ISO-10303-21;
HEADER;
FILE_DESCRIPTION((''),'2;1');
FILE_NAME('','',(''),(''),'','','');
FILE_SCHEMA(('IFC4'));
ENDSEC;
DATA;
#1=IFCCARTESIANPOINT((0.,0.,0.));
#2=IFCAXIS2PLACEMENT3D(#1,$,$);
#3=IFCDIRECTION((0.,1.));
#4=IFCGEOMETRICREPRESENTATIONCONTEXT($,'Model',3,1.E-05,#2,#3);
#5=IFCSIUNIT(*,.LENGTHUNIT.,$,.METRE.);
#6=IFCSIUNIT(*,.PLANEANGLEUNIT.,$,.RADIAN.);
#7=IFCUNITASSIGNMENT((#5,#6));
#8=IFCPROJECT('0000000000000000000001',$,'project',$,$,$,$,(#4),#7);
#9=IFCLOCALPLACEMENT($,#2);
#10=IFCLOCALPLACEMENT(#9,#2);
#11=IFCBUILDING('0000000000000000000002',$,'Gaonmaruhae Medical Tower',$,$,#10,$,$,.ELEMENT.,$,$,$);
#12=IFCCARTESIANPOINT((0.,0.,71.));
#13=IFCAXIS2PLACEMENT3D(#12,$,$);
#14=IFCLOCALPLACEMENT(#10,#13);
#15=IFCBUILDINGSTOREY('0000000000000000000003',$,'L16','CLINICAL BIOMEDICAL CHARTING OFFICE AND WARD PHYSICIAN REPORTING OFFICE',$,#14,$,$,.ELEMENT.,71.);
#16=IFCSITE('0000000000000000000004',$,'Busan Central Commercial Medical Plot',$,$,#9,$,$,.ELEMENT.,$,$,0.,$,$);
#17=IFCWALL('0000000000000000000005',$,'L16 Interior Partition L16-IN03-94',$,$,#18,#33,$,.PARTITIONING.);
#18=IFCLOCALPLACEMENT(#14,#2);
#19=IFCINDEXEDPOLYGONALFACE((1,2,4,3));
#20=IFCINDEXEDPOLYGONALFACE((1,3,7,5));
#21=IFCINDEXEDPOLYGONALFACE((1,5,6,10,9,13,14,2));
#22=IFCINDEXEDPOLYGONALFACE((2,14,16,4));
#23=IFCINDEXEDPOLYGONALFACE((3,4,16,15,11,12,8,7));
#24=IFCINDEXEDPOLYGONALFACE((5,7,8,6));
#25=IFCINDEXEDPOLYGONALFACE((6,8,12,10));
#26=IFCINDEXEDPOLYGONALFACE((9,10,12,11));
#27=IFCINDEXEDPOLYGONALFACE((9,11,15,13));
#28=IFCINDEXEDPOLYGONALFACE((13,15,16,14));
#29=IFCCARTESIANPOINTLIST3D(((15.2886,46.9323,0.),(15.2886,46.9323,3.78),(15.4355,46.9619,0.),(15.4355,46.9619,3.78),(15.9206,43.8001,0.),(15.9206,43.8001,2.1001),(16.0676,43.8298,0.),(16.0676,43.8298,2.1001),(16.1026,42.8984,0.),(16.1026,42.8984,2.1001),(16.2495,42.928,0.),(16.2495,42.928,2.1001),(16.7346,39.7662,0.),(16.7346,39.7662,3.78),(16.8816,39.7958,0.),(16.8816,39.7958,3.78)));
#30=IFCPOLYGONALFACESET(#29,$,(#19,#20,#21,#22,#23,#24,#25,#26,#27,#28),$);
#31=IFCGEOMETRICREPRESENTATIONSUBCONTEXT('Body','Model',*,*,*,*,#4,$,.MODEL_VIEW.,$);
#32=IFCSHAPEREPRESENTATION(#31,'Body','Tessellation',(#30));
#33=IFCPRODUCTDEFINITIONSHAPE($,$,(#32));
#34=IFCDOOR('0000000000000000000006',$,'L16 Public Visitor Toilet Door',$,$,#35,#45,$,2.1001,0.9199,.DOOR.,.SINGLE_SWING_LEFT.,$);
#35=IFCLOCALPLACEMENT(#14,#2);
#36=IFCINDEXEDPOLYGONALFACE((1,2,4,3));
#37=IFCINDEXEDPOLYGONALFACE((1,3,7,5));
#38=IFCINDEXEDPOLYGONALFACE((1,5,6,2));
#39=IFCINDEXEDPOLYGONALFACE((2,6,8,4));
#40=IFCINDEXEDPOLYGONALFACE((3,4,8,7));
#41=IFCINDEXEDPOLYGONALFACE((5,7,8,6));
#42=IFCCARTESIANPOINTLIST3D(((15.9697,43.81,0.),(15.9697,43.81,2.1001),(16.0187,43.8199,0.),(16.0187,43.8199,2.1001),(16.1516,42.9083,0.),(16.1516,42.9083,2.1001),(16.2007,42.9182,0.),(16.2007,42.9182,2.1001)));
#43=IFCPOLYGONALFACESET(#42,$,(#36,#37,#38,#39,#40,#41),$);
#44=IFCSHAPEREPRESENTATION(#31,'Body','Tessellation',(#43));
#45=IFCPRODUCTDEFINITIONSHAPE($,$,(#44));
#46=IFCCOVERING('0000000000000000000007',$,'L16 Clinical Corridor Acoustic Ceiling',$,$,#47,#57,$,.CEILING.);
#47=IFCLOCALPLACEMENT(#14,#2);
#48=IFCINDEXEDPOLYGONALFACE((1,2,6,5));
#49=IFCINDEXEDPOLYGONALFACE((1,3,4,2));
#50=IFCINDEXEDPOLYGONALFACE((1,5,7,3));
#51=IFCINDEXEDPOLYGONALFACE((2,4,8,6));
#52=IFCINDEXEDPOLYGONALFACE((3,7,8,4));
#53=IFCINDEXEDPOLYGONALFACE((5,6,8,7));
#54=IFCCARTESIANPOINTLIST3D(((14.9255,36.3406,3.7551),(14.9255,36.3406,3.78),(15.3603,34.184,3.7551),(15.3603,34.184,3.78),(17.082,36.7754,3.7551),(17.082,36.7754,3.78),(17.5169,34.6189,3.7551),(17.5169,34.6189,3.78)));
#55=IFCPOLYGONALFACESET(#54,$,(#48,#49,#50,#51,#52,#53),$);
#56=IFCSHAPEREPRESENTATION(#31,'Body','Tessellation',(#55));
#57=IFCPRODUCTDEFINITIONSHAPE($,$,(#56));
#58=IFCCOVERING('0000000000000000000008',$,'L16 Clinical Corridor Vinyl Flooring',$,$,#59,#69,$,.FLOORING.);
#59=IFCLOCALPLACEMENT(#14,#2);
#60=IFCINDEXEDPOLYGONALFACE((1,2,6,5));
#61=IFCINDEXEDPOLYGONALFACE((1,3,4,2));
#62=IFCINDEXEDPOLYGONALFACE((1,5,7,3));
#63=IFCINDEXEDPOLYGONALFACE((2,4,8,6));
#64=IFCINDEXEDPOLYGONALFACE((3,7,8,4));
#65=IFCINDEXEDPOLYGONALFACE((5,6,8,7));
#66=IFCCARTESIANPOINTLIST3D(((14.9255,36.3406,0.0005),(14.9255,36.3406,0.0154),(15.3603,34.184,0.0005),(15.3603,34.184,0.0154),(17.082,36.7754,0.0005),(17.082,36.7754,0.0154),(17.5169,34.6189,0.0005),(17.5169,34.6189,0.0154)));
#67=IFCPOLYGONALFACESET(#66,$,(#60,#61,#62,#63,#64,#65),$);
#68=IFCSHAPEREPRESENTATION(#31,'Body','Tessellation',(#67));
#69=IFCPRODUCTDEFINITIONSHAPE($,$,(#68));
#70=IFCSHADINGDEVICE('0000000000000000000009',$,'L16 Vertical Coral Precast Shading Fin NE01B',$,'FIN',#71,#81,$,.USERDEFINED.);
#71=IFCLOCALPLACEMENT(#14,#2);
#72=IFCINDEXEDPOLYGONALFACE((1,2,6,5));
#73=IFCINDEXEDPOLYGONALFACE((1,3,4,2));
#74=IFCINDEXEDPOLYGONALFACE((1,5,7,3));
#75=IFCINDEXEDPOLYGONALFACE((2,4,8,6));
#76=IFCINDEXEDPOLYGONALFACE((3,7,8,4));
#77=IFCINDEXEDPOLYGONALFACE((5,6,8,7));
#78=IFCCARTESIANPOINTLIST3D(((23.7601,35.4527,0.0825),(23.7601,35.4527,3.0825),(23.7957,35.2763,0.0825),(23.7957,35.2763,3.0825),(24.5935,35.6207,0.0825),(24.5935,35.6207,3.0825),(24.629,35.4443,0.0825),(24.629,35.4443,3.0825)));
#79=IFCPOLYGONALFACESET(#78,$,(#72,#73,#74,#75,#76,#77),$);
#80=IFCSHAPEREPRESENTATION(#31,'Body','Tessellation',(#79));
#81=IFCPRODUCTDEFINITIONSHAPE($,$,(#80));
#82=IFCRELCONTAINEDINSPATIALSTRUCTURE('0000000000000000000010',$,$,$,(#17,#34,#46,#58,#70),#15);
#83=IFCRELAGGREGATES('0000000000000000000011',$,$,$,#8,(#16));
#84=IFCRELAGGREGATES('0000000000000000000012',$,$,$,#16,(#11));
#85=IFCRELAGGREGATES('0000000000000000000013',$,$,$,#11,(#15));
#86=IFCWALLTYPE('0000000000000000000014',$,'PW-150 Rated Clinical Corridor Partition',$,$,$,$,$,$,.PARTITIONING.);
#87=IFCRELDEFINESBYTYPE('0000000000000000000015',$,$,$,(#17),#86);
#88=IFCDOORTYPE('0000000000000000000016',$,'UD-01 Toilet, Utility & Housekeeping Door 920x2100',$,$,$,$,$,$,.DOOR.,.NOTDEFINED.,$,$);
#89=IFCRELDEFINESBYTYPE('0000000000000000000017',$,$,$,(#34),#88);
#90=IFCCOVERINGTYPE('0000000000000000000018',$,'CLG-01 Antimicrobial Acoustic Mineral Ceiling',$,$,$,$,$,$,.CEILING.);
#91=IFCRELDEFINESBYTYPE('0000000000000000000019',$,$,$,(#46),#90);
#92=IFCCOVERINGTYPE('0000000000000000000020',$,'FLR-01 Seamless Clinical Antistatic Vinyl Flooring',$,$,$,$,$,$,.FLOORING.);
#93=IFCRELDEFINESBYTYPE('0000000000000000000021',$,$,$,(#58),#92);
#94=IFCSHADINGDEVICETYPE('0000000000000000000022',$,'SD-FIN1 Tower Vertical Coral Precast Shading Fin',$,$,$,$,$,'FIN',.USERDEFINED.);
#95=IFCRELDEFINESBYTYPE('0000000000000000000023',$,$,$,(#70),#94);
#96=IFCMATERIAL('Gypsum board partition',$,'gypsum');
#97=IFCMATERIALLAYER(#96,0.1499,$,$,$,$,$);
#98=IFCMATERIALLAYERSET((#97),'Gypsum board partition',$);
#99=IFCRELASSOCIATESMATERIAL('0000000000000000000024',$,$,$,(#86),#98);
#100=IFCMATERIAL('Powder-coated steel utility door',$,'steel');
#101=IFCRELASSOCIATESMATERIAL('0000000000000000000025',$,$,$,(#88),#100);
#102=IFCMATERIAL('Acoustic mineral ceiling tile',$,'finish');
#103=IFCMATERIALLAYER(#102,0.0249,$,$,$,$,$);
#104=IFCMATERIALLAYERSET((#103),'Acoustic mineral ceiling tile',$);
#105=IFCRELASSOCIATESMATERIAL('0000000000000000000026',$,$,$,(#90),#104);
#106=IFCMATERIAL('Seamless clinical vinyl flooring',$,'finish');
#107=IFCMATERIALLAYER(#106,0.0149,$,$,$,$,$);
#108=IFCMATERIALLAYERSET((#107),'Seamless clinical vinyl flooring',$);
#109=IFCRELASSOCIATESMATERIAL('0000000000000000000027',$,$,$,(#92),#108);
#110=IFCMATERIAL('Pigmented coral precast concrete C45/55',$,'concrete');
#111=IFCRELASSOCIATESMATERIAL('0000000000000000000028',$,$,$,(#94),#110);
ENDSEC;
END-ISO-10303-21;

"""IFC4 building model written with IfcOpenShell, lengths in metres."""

from ifc_helpers import new_model, si_unit, direction, frame, frame_2d, origin, origin_2d, place, context, subcontext, project, spatial, rectangle, extrude, material, layer, layer_set, type_object, element, fill, save


model = new_model("IFC4")

# Units and contexts
model_context = context("Model", 3, precision=1e-05, world=origin(), true_north=direction((0.0, 1.0)))
body_context = subcontext(model_context, "Body", "Model", "MODEL_VIEW")
ifc_project = project(units=[si_unit("LENGTHUNIT", "METRE"), si_unit("PLANEANGLEUNIT", "RADIAN")], contexts=[model_context])

# Site, building, storey
site_placement = place(None, origin())
site = spatial("IfcSite", under=ifc_project, at=site_placement, Name="Busan Central Commercial Medical Plot", CompositionType="ELEMENT", RefElevation=0.0)
building_placement = place(site_placement, origin())
building = spatial("IfcBuilding", under=site, at=building_placement, Name="Gaonmaruhae Medical Tower", CompositionType="ELEMENT")
storey_placement = place(building_placement, frame((0.0, 0.0, 71.0)))
storey = spatial("IfcBuildingStorey", under=building, at=storey_placement, Name="L16", Description="CLINICAL BIOMEDICAL CHARTING OFFICE AND WARD PHYSICIAN REPORTING OFFICE", CompositionType="ELEMENT", Elevation=71.0)

# Shared definitions
ifc_material_1 = material(Name="Gypsum board partition", Category="gypsum")
ifc_layer_1 = layer(ifc_material_1, 0.1499)
ifc_layer_set_1 = layer_set([ifc_layer_1], Name="Gypsum board partition")
wall_type_1 = type_object("IfcWallType", Name="PW-150 Rated Clinical Corridor Partition", PredefinedType="PARTITIONING", material=ifc_layer_set_1)

# Shared definitions
ifc_material_2 = material(Name="Powder-coated steel utility door", Category="steel")
door_type_1 = type_object("IfcDoorType", Name="UD-01 Toilet, Utility & Housekeeping Door 920x2100", OperationType="NOTDEFINED", PredefinedType="DOOR", material=ifc_material_2)

# Wall, opening, door
wall_1_placement = place(storey_placement, frame((16.8081, 39.781, 0.0), z_axis=(0.0, 0.0, 1.0), x_axis=(-0.197805, 0.980241, 0.0)))
wall_1 = element("IfcWall", 1, at=wall_1_placement, inside=storey, type_object=wall_type_1, Name="L16 Interior Partition L16-IN03-94", PredefinedType="PARTITIONING", context=body_context, shape_type="SweptSolid", body=[
    extrude(rectangle(XDim=7.3105, YDim=0.1499, at=frame_2d((3.6553, 0.0))), origin(), (0.0, 0.0, 1.0), 3.78),
])
opening_1_placement = place(wall_1_placement, frame((3.1953, 0.0, 0.0)))
opening_1 = element("IfcOpeningElement", 2, at=opening_1_placement, cuts=wall_1, PredefinedType="OPENING", context=body_context, shape_type="SweptSolid", body=[
    extrude(rectangle(XDim=0.9199, YDim=2.1001, at=frame_2d((0.46, 1.05))), frame((0.0, 0.085, 0.0), z_axis=(0.0, -1.0, 0.0), x_axis=(1.0, 0.0, 0.0)), (0.0, 0.0, 1.0), 0.1699),
])
door_1_placement = place(opening_1_placement, origin())
door_1 = element("IfcDoor", 3, at=door_1_placement, inside=storey, type_object=door_type_1, Name="L16 Public Visitor Toilet Door", OperationType="SINGLE_SWING_LEFT", OverallHeight=2.1001, OverallWidth=0.9199, PredefinedType="DOOR", context=body_context, shape_type="SweptSolid", body=[
    extrude(rectangle(XDim=0.9199, YDim=2.1001, at=frame_2d((0.46, 1.05))), frame((0.0, 0.0249, 0.0), z_axis=(0.0, -1.0, 0.0), x_axis=(1.0, 0.0, 0.0)), (0.0, 0.0, 1.0), 0.05),
])
fill(opening_1, door_1)

# Coverings
ifc_material_3 = material(Name="Acoustic mineral ceiling tile", Category="finish")
ifc_layer_2 = layer(ifc_material_3, 0.0249)
ifc_layer_set_2 = layer_set([ifc_layer_2], Name="Acoustic mineral ceiling tile")
covering_type_1 = type_object("IfcCoveringType", Name="CLG-01 Antimicrobial Acoustic Mineral Ceiling", PredefinedType="CEILING", material=ifc_layer_set_2)
covering_1_placement = place(storey_placement, frame((16.2212, 35.4797, 3.7551), z_axis=(0.0, 0.0, 1.0), x_axis=(0.980271, 0.197657, 0.0)))
element("IfcCovering", 4, at=covering_1_placement, inside=storey, type_object=covering_type_1, Name="L16 Clinical Corridor Acoustic Ceiling", PredefinedType="CEILING", context=body_context, shape_type="SweptSolid", body=[
    extrude(rectangle(XDim=2.2, YDim=2.2, at=origin_2d()), origin(), (0.0, 0.0, 1.0), 0.0249),
])
ifc_material_4 = material(Name="Seamless clinical vinyl flooring", Category="finish")
ifc_layer_3 = layer(ifc_material_4, 0.0149)
ifc_layer_set_3 = layer_set([ifc_layer_3], Name="Seamless clinical vinyl flooring")
covering_type_2 = type_object("IfcCoveringType", Name="FLR-01 Seamless Clinical Antistatic Vinyl Flooring", PredefinedType="FLOORING", material=ifc_layer_set_3)
covering_2_placement = place(storey_placement, frame((16.2212, 35.4797, 0.0005), z_axis=(0.0, 0.0, 1.0), x_axis=(0.980271, 0.197657, 0.0)))
element("IfcCovering", 5, at=covering_2_placement, inside=storey, type_object=covering_type_2, Name="L16 Clinical Corridor Vinyl Flooring", PredefinedType="FLOORING", context=body_context, shape_type="SweptSolid", body=[
    extrude(rectangle(XDim=2.2, YDim=2.2, at=origin_2d()), origin(), (0.0, 0.0, 1.0), 0.0149),
])

# Shading device
ifc_material_5 = material(Name="Pigmented coral precast concrete C45/55", Category="concrete")
shading_device_type = type_object("IfcShadingDeviceType", Name="SD-FIN1 Tower Vertical Coral Precast Shading Fin", ElementType="FIN", PredefinedType="USERDEFINED", material=ifc_material_5)
shading_device_placement = place(storey_placement, frame((24.1946, 35.4485, 0.0825), z_axis=(0.0, 0.0, 1.0), x_axis=(-0.197657, 0.980271, 0.0)))
element("IfcShadingDevice", 6, at=shading_device_placement, inside=storey, type_object=shading_device_type, Name="L16 Vertical Coral Precast Shading Fin NE01B", ObjectType="FIN", PredefinedType="USERDEFINED", context=body_context, shape_type="SweptSolid", body=[
    extrude(rectangle(XDim=0.1799, YDim=0.8501, at=origin_2d()), origin(), (0.0, 0.0, 1.0), 3.0),
])

save(model, "model.ifc")
